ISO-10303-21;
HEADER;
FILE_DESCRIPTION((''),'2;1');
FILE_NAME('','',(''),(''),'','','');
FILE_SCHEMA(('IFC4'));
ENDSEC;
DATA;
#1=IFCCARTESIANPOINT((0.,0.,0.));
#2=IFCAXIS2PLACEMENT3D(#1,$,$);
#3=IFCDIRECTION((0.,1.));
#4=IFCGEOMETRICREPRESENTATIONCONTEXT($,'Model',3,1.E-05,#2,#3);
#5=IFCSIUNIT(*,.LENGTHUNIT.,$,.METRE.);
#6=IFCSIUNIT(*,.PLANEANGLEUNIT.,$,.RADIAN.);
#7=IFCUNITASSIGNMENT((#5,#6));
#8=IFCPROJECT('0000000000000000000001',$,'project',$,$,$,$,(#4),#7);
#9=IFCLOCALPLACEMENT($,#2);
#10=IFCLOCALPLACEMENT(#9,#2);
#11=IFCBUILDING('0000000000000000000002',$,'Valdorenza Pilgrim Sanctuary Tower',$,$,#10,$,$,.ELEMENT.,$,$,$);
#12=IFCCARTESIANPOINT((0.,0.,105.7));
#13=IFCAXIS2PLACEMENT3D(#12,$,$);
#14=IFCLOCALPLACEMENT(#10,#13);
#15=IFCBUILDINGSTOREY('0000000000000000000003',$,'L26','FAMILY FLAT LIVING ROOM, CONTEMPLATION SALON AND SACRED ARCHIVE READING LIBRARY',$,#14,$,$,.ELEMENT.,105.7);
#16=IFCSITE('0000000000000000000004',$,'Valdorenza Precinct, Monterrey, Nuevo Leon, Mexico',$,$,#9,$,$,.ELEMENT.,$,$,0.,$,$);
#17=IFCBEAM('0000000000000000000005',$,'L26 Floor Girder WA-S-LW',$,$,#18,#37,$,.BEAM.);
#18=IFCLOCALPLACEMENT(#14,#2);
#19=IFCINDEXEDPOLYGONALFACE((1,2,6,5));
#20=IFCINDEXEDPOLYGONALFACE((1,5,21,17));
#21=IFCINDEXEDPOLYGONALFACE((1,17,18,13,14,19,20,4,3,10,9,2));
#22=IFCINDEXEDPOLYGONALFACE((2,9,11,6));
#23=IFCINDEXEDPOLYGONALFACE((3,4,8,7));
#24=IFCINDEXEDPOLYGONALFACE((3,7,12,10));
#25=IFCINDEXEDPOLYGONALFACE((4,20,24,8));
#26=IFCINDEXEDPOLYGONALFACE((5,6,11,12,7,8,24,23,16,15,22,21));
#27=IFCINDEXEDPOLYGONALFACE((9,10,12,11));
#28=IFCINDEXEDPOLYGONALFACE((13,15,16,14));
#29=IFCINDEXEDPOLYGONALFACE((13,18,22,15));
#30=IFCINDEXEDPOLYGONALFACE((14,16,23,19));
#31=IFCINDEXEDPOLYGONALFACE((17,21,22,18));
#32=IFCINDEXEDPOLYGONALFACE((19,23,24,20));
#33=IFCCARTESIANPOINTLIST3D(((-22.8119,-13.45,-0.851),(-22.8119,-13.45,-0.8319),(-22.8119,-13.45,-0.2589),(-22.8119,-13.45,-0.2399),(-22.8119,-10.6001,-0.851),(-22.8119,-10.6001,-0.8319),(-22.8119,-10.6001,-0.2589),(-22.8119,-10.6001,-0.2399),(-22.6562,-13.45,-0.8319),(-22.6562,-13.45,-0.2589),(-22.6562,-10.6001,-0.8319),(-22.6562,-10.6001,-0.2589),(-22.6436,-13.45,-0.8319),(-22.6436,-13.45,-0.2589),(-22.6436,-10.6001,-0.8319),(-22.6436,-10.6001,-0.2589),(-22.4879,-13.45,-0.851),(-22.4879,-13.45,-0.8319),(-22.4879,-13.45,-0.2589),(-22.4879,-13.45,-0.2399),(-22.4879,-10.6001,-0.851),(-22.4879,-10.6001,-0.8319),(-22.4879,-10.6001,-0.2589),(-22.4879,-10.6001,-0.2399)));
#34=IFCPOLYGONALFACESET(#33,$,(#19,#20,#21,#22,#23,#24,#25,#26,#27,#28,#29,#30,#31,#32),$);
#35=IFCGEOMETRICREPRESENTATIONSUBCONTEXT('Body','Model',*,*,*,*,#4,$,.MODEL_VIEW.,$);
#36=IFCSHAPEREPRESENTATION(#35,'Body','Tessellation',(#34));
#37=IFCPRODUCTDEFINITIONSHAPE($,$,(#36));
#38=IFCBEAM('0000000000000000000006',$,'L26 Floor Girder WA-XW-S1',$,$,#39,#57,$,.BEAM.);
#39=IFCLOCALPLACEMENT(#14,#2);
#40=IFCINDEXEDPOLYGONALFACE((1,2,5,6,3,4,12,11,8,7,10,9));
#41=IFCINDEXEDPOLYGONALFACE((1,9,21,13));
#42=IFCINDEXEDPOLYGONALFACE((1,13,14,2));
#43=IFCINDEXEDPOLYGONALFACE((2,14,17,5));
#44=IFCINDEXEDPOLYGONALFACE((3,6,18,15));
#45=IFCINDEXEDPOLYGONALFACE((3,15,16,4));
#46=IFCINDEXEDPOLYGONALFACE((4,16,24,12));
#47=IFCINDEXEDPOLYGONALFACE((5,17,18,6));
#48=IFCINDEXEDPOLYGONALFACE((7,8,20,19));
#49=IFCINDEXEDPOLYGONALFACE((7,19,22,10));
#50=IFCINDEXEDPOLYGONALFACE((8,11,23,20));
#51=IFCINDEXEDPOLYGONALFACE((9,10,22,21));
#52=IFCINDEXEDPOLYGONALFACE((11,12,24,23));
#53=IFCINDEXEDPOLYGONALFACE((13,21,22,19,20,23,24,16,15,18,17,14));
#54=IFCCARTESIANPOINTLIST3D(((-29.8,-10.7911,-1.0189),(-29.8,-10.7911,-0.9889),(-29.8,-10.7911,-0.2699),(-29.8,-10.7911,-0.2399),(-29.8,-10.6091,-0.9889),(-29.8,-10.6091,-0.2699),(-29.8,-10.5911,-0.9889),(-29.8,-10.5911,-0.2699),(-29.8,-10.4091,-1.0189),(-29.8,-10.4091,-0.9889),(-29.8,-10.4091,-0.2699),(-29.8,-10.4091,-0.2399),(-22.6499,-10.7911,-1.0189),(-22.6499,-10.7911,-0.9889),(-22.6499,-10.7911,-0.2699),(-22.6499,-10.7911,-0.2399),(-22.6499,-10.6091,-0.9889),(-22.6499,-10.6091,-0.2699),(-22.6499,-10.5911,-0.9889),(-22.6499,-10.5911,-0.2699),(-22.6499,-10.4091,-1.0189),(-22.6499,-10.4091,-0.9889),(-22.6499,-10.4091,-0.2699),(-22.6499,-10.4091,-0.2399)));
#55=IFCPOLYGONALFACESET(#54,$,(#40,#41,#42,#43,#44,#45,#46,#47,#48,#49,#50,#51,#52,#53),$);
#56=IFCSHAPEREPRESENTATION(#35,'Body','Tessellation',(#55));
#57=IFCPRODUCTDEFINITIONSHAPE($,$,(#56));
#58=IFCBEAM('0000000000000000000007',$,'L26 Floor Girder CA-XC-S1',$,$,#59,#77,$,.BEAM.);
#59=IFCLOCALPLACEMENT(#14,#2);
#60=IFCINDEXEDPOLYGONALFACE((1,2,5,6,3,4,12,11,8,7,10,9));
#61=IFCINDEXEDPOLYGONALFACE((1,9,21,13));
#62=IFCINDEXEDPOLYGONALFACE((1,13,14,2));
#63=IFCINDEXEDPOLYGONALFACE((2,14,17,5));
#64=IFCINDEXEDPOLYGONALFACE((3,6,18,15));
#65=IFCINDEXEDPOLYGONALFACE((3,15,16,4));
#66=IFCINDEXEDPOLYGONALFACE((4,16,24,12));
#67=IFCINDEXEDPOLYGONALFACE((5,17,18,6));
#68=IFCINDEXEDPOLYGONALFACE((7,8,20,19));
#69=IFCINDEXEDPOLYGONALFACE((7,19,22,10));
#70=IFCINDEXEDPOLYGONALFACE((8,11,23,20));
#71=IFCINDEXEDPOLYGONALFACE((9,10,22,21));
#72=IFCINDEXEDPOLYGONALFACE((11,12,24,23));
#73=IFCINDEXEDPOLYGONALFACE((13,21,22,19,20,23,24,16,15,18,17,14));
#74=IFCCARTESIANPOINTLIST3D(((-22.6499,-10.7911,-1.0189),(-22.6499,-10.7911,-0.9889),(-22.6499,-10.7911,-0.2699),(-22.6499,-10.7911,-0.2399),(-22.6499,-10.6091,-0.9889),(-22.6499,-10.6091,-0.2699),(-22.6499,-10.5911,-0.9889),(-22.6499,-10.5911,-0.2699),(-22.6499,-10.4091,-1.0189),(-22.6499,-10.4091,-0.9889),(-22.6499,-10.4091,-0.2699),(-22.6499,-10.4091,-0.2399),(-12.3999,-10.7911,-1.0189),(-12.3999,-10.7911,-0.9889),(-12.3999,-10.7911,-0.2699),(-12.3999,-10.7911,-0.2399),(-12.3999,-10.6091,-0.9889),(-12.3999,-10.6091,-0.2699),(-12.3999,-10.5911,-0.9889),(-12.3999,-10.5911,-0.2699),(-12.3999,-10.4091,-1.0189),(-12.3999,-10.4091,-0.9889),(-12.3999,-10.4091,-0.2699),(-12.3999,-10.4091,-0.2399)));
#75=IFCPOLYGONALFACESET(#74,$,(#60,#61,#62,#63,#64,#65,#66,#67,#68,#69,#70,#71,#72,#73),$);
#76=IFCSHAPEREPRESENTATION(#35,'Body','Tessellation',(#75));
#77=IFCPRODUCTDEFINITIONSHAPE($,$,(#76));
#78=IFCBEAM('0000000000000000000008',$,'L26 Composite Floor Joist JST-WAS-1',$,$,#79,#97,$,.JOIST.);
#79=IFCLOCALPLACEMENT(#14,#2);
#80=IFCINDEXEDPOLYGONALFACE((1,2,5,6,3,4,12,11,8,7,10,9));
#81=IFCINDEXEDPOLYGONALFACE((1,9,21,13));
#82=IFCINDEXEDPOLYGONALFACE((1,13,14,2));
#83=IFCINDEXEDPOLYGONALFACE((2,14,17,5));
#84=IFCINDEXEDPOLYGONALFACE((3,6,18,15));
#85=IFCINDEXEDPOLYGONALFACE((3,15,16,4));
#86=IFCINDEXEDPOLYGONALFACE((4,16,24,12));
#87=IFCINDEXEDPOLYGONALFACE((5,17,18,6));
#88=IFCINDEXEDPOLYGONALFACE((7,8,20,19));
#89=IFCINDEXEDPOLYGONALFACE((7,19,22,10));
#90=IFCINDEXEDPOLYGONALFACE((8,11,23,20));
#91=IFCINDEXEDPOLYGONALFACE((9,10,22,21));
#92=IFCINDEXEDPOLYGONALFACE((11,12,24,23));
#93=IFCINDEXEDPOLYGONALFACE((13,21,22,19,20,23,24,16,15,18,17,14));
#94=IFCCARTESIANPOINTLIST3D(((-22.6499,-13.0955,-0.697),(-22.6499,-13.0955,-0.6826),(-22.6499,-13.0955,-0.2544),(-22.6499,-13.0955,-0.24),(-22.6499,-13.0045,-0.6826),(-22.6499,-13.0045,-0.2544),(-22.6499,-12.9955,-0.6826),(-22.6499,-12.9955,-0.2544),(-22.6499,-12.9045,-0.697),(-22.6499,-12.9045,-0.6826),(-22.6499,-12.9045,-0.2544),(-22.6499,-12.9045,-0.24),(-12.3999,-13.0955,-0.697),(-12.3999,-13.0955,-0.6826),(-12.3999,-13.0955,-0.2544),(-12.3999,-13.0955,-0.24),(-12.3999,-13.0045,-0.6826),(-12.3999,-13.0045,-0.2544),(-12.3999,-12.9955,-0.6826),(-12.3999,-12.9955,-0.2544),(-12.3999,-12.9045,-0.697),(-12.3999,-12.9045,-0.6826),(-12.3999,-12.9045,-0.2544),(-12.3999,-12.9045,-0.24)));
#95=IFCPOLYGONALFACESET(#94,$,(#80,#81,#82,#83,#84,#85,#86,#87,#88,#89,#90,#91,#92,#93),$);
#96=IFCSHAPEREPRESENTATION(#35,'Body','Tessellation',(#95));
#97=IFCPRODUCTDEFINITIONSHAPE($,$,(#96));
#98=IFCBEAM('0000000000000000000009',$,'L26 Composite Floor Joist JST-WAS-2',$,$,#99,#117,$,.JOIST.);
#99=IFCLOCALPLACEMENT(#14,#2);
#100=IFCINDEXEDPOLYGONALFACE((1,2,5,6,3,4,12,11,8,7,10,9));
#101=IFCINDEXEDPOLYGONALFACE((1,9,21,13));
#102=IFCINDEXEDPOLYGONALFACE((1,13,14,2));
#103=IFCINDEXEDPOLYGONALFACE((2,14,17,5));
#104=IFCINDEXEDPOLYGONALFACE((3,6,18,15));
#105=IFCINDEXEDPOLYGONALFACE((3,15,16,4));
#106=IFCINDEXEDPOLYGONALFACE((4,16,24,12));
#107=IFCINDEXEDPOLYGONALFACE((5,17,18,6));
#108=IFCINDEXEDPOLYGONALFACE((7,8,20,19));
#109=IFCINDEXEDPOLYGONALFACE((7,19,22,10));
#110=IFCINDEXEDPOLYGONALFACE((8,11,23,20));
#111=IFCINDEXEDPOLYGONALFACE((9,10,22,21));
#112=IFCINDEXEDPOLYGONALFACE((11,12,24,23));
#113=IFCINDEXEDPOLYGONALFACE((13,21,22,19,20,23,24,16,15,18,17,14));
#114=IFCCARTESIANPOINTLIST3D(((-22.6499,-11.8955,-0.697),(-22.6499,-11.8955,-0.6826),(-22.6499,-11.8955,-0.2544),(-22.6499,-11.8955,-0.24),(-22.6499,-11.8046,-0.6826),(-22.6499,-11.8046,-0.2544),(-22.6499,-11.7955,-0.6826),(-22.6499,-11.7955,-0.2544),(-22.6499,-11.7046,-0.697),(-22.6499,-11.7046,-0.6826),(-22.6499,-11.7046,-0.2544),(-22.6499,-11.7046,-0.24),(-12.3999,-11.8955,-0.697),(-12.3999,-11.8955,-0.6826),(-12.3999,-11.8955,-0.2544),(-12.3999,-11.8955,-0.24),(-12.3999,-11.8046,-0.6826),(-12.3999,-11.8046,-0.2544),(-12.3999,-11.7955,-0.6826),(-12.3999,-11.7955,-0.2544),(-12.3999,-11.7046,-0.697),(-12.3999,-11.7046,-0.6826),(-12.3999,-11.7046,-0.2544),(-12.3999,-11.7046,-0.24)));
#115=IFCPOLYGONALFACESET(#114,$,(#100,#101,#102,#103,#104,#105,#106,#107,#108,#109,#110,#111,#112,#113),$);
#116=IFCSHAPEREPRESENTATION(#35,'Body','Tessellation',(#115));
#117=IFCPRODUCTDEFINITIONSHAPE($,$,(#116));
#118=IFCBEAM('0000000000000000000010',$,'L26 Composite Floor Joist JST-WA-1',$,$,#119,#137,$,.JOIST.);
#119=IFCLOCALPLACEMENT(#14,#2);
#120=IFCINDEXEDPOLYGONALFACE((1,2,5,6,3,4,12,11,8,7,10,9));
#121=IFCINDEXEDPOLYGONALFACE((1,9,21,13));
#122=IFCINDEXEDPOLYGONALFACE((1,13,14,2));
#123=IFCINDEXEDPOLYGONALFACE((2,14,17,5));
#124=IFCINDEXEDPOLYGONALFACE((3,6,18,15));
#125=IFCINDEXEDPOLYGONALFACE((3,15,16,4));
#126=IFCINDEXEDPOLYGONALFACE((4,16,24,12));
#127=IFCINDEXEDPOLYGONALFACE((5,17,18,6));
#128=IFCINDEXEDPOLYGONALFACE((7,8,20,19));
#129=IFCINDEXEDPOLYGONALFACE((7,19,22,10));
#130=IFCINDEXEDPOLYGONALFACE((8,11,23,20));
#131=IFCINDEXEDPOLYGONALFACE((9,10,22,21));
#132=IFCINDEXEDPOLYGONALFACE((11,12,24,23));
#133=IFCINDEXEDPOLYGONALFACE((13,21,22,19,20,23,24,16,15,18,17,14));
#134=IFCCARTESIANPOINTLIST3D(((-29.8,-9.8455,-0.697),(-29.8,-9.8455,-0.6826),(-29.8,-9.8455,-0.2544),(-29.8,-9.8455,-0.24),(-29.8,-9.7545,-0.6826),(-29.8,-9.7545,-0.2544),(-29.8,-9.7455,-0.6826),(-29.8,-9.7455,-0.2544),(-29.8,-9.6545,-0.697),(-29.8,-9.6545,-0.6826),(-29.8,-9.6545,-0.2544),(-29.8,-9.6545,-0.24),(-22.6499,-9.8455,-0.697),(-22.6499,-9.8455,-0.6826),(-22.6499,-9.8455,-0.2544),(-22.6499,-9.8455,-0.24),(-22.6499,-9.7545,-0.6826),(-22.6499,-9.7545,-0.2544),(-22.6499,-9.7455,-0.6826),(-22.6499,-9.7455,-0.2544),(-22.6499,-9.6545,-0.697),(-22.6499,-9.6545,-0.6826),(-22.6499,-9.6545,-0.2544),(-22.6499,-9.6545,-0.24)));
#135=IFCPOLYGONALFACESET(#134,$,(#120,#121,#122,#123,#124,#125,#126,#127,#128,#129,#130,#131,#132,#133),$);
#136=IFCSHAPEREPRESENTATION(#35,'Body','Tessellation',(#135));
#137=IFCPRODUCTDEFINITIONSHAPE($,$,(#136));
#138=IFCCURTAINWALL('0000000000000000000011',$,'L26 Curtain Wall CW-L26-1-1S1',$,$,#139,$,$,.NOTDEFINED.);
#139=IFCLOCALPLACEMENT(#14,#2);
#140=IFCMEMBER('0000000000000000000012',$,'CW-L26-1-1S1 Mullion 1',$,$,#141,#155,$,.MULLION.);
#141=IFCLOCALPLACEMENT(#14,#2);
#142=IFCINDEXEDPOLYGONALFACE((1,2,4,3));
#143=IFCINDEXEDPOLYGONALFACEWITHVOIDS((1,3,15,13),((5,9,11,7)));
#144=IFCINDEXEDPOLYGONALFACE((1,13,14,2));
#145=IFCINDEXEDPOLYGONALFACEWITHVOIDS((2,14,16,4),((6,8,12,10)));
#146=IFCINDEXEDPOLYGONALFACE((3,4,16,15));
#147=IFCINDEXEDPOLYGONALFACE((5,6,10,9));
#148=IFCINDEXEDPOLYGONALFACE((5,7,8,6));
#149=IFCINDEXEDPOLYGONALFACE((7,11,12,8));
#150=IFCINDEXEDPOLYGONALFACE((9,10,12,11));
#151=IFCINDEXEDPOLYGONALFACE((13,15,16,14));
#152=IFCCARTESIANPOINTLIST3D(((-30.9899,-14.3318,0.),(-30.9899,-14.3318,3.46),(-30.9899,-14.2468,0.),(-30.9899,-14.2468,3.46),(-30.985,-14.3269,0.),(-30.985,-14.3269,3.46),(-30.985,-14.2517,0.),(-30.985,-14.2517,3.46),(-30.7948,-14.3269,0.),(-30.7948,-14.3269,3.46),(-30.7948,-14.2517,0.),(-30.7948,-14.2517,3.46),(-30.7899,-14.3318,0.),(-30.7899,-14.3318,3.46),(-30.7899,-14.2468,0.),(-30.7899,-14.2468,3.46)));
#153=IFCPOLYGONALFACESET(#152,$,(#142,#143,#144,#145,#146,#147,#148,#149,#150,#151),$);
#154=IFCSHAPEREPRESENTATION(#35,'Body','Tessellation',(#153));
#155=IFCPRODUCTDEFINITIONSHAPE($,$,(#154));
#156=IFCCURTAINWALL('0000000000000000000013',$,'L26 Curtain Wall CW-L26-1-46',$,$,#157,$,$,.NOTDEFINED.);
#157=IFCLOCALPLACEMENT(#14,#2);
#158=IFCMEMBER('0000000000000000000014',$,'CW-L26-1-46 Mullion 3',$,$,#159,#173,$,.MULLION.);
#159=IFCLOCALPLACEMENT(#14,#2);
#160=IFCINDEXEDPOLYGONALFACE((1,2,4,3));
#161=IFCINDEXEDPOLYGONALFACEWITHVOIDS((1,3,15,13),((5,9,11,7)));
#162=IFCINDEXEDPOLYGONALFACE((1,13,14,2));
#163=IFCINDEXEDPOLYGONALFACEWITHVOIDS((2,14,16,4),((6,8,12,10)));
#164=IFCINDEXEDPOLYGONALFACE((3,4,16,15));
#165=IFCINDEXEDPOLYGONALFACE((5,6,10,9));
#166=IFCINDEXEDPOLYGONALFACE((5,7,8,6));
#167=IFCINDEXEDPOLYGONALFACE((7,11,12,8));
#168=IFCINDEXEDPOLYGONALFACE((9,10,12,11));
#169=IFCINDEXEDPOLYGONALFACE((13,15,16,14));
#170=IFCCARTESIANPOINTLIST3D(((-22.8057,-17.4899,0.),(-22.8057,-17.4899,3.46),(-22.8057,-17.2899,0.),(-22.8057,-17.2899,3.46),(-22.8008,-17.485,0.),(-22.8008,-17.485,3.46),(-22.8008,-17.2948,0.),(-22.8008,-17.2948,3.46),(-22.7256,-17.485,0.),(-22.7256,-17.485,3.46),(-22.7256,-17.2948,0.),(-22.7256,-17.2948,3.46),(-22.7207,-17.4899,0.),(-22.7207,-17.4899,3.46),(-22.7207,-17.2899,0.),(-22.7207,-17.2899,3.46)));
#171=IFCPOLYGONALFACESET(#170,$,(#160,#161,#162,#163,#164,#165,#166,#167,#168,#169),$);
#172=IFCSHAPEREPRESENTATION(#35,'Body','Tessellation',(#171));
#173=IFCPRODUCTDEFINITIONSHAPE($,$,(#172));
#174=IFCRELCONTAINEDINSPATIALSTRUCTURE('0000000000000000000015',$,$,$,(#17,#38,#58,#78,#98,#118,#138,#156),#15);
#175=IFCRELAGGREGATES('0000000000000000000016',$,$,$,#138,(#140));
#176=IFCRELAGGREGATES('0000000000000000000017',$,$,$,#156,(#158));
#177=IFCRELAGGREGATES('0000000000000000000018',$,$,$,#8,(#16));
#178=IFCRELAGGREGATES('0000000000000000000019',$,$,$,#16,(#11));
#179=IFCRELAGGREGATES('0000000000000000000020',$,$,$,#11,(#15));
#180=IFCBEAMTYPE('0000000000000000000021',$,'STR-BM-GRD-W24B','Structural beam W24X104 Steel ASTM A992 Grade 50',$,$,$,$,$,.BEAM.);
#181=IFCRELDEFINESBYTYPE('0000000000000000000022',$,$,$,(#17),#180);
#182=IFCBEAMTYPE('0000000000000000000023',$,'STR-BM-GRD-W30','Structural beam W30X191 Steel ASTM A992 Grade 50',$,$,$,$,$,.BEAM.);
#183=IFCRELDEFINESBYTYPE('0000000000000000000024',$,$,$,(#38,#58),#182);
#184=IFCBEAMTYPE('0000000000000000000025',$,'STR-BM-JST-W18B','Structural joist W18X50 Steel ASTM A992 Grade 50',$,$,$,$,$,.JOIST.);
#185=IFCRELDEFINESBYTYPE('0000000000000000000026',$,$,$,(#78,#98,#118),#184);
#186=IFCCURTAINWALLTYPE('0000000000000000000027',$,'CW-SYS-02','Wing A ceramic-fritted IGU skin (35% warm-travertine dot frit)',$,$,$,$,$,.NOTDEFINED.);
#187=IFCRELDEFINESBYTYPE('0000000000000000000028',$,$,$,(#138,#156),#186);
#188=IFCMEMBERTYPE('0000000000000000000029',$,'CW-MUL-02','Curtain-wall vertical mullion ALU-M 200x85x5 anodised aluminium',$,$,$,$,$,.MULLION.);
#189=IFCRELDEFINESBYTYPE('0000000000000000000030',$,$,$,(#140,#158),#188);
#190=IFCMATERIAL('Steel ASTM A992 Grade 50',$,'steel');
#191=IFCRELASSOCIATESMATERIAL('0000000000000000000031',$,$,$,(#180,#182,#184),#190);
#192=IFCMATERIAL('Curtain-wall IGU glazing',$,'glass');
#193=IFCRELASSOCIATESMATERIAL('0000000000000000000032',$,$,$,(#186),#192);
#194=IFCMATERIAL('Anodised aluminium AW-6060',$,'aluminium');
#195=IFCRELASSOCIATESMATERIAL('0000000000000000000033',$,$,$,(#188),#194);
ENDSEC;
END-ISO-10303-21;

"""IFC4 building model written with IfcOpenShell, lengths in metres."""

from ifc_helpers import new_model, si_unit, direction, frame, origin, origin_2d, place, context, subcontext, project, spatial, hollow_rectangle, i_section, extrude, source, transform, mapped, material, material_profile, profile_set, type_object, element, aggregate, save


model = new_model("IFC4")

# Units and contexts
model_context = context("Model", 3, precision=1e-05, world=origin(), true_north=direction((0.0, 1.0)))
body_context = subcontext(model_context, "Body", "Model", "MODEL_VIEW")
ifc_project = project(units=[si_unit("LENGTHUNIT", "METRE"), si_unit("PLANEANGLEUNIT", "RADIAN")], contexts=[model_context])

# Site, building, storey
site_placement = place(None, origin())
site = spatial("IfcSite", under=ifc_project, at=site_placement, Name="Valdorenza Precinct, Monterrey, Nuevo Leon, Mexico", CompositionType="ELEMENT", RefElevation=0.0)
building_placement = place(site_placement, origin())
building = spatial("IfcBuilding", under=site, at=building_placement, Name="Valdorenza Pilgrim Sanctuary Tower", CompositionType="ELEMENT")
storey_placement = place(building_placement, frame((0.0, 0.0, 105.7)))
storey = spatial("IfcBuildingStorey", under=building, at=storey_placement, Name="L26", Description="FAMILY FLAT LIVING ROOM, CONTEMPLATION SALON AND SACRED ARCHIVE READING LIBRARY", CompositionType="ELEMENT", Elevation=105.7)

# Shared definitions
ifc_material_1 = material(Name="Steel ASTM A992 Grade 50", Category="steel")

# Beams
ifc_material_profile_1 = material_profile(ifc_material_1, i_section(OverallWidth=0.324, OverallDepth=0.6111, WebThickness=0.0127, FlangeThickness=0.019, at=origin_2d()), Name="W24X104")
ifc_profile_set_1 = profile_set([ifc_material_profile_1], Name="Steel ASTM A992 Grade 50")
beam_type_1 = type_object("IfcBeamType", Name="STR-BM-GRD-W24B", Description="Structural beam W24X104 Steel ASTM A992 Grade 50", PredefinedType="BEAM", material=ifc_profile_set_1)
shared_shape_1 = source(origin(), body_context, "Body", "SweptSolid", [
    extrude(i_section(OverallWidth=0.324, OverallDepth=0.6111, WebThickness=0.0127, FlangeThickness=0.019, at=origin_2d()), origin(), (0.0, 0.0, 1.0), 2.8499),
])
beam_1_placement = place(storey_placement, frame((-22.6499, -13.45, -0.5454), z_axis=(0.0, 1.0, 0.0), x_axis=(-1.0, 0.0, 0.0)))
element("IfcBeam", 1, at=beam_1_placement, inside=storey, type_object=beam_type_1, Name="L26 Floor Girder WA-S-LW", PredefinedType="BEAM", context=body_context, shape_type="MappedRepresentation", body=[
    mapped(shared_shape_1, transform((0.0, 0.0, 0.0), x_axis=(1.0, 0.0, 0.0), y_axis=(0.0, 1.0, 0.0), z_axis=(0.0, 0.0, 1.0), scale=1.0)),
])
ifc_material_profile_2 = material_profile(ifc_material_1, i_section(OverallWidth=0.3821, OverallDepth=0.7791, WebThickness=0.0181, FlangeThickness=0.03, at=origin_2d()), Name="W30X191")
ifc_profile_set_2 = profile_set([ifc_material_profile_2], Name="Steel ASTM A992 Grade 50")
beam_type_2 = type_object("IfcBeamType", Name="STR-BM-GRD-W30", Description="Structural beam W30X191 Steel ASTM A992 Grade 50", PredefinedType="BEAM", material=ifc_profile_set_2)
shared_shape_2 = source(origin(), body_context, "Body", "SweptSolid", [
    extrude(i_section(OverallWidth=0.3821, OverallDepth=0.7791, WebThickness=0.0181, FlangeThickness=0.03, at=origin_2d()), origin(), (0.0, 0.0, 1.0), 7.1501),
])
beam_2_placement = place(storey_placement, frame((-29.8, -10.6001, -0.6294), z_axis=(1.0, 0.0, 0.0), x_axis=(0.0, 1.0, 0.0)))
element("IfcBeam", 2, at=beam_2_placement, inside=storey, type_object=beam_type_2, Name="L26 Floor Girder WA-XW-S1", PredefinedType="BEAM", context=body_context, shape_type="MappedRepresentation", body=[
    mapped(shared_shape_2, transform((0.0, 0.0, 0.0), x_axis=(1.0, 0.0, 0.0), y_axis=(0.0, 1.0, 0.0), z_axis=(0.0, 0.0, 1.0), scale=1.0)),
])
shared_shape_3 = source(origin(), body_context, "Body", "SweptSolid", [
    extrude(i_section(OverallWidth=0.3821, OverallDepth=0.7791, WebThickness=0.0181, FlangeThickness=0.03, at=origin_2d()), origin(), (0.0, 0.0, 1.0), 10.25),
])
beam_3_placement = place(storey_placement, frame((-22.6499, -10.6001, -0.6294), z_axis=(1.0, 0.0, 0.0), x_axis=(0.0, 1.0, 0.0)))
element("IfcBeam", 3, at=beam_3_placement, inside=storey, type_object=beam_type_2, Name="L26 Floor Girder CA-XC-S1", PredefinedType="BEAM", context=body_context, shape_type="MappedRepresentation", body=[
    mapped(shared_shape_3, transform((0.0, 0.0, 0.0), x_axis=(1.0, 0.0, 0.0), y_axis=(0.0, 1.0, 0.0), z_axis=(0.0, 0.0, 1.0), scale=1.0)),
])
ifc_material_profile_3 = material_profile(ifc_material_1, i_section(OverallWidth=0.1909, OverallDepth=0.457, WebThickness=0.009, FlangeThickness=0.0144, at=origin_2d()), Name="W18X50")
ifc_profile_set_3 = profile_set([ifc_material_profile_3], Name="Steel ASTM A992 Grade 50")
beam_type_3 = type_object("IfcBeamType", Name="STR-BM-JST-W18B", Description="Structural joist W18X50 Steel ASTM A992 Grade 50", PredefinedType="JOIST", material=ifc_profile_set_3)
shared_shape_4 = source(origin(), body_context, "Body", "SweptSolid", [
    extrude(i_section(OverallWidth=0.1909, OverallDepth=0.457, WebThickness=0.009, FlangeThickness=0.0144, at=origin_2d()), origin(), (0.0, 0.0, 1.0), 10.25),
])
for number, where, z_axis, x_axis, name in (
    (4, (-22.6499, -13.0, -0.4685), (1.0, 0.0, 0.0), (0.0, 1.0, 0.0), "L26 Composite Floor Joist JST-WAS-1"),
    (5, (-22.6499, -11.8, -0.4685), (1.0, 0.0, 0.0), (0.0, 1.0, 0.0), "L26 Composite Floor Joist JST-WAS-2"),
):
    element("IfcBeam", number, at=place(storey_placement, frame(where, z_axis=z_axis, x_axis=x_axis)), inside=storey, type_object=beam_type_3, Name=name, PredefinedType="JOIST", context=body_context, shape_type="MappedRepresentation", body=[
        mapped(shared_shape_4, transform((0.0, 0.0, 0.0), x_axis=(1.0, 0.0, 0.0), y_axis=(0.0, 1.0, 0.0), z_axis=(0.0, 0.0, 1.0), scale=1.0)),
    ])
shared_shape_5 = source(origin(), body_context, "Body", "SweptSolid", [
    extrude(i_section(OverallWidth=0.1909, OverallDepth=0.457, WebThickness=0.009, FlangeThickness=0.0144, at=origin_2d()), origin(), (0.0, 0.0, 1.0), 7.1501),
])
beam_4_placement = place(storey_placement, frame((-29.8, -9.75, -0.4685), z_axis=(1.0, 0.0, 0.0), x_axis=(0.0, 1.0, 0.0)))
element("IfcBeam", 6, at=beam_4_placement, inside=storey, type_object=beam_type_3, Name="L26 Composite Floor Joist JST-WA-1", PredefinedType="JOIST", context=body_context, shape_type="MappedRepresentation", body=[
    mapped(shared_shape_5, transform((0.0, 0.0, 0.0), x_axis=(1.0, 0.0, 0.0), y_axis=(0.0, 1.0, 0.0), z_axis=(0.0, 0.0, 1.0), scale=1.0)),
])

# Curtain wall, member
ifc_material_2 = material(Name="Curtain-wall IGU glazing", Category="glass")
curtain_wall_type = type_object("IfcCurtainWallType", Name="CW-SYS-02", Description="Wing A ceramic-fritted IGU skin (35% warm-travertine dot frit)", PredefinedType="NOTDEFINED", material=ifc_material_2)
curtain_wall_1_placement = place(storey_placement, origin())
curtain_wall_1 = element("IfcCurtainWall", 7, at=curtain_wall_1_placement, inside=storey, type_object=curtain_wall_type, Name="L26 Curtain Wall CW-L26-1-1S1", PredefinedType="NOTDEFINED")
ifc_material_3 = material(Name="Anodised aluminium AW-6060", Category="aluminium")
ifc_material_profile_4 = material_profile(ifc_material_3, hollow_rectangle(XDim=0.085, YDim=0.2, WallThickness=0.0049, at=origin_2d()), Name="ALU-M 200x85x5")
ifc_profile_set_4 = profile_set([ifc_material_profile_4], Name="Anodised aluminium AW-6060")
member_type_1 = type_object("IfcMemberType", Name="CW-MUL-02", Description="Curtain-wall vertical mullion ALU-M 200x85x5 anodised aluminium", PredefinedType="MULLION", material=ifc_profile_set_4)
shared_shape_6 = source(origin(), body_context, "Body", "SweptSolid", [
    extrude(hollow_rectangle(XDim=0.085, YDim=0.2, WallThickness=0.0049, at=origin_2d()), origin(), (0.0, 0.0, 1.0), 3.46),
])
member_1_placement = place(storey_placement, frame((-30.8899, -14.2893, 0.0), z_axis=(0.0, 0.0, 1.0), x_axis=(0.0, 1.0, 0.0)))
member_1 = element("IfcMember", 8, at=member_1_placement, type_object=member_type_1, Name="CW-L26-1-1S1 Mullion 1", PredefinedType="MULLION", context=body_context, shape_type="MappedRepresentation", body=[
    mapped(shared_shape_6, transform((0.0, 0.0, 0.0), x_axis=(1.0, 0.0, 0.0), y_axis=(0.0, 1.0, 0.0), z_axis=(0.0, 0.0, 1.0), scale=1.0)),
])

# Curtain wall, member
curtain_wall_2_placement = place(storey_placement, origin())
curtain_wall_2 = element("IfcCurtainWall", 9, at=curtain_wall_2_placement, inside=storey, type_object=curtain_wall_type, Name="L26 Curtain Wall CW-L26-1-46", PredefinedType="NOTDEFINED")
member_2_placement = place(storey_placement, frame((-22.7632, -17.3899, 0.0), z_axis=(0.0, 0.0, 1.0), x_axis=(-1.0, 0.0, 0.0)))
member_2 = element("IfcMember", 10, at=member_2_placement, type_object=member_type_1, Name="CW-L26-1-46 Mullion 3", PredefinedType="MULLION", context=body_context, shape_type="MappedRepresentation", body=[
    mapped(shared_shape_6, transform((0.0, 0.0, 0.0), x_axis=(1.0, 0.0, 0.0), y_axis=(0.0, 1.0, 0.0), z_axis=(0.0, 0.0, 1.0), scale=1.0)),
])

aggregate(curtain_wall_1, [member_1])
aggregate(curtain_wall_2, [member_2])

save(model, "model.ifc")
